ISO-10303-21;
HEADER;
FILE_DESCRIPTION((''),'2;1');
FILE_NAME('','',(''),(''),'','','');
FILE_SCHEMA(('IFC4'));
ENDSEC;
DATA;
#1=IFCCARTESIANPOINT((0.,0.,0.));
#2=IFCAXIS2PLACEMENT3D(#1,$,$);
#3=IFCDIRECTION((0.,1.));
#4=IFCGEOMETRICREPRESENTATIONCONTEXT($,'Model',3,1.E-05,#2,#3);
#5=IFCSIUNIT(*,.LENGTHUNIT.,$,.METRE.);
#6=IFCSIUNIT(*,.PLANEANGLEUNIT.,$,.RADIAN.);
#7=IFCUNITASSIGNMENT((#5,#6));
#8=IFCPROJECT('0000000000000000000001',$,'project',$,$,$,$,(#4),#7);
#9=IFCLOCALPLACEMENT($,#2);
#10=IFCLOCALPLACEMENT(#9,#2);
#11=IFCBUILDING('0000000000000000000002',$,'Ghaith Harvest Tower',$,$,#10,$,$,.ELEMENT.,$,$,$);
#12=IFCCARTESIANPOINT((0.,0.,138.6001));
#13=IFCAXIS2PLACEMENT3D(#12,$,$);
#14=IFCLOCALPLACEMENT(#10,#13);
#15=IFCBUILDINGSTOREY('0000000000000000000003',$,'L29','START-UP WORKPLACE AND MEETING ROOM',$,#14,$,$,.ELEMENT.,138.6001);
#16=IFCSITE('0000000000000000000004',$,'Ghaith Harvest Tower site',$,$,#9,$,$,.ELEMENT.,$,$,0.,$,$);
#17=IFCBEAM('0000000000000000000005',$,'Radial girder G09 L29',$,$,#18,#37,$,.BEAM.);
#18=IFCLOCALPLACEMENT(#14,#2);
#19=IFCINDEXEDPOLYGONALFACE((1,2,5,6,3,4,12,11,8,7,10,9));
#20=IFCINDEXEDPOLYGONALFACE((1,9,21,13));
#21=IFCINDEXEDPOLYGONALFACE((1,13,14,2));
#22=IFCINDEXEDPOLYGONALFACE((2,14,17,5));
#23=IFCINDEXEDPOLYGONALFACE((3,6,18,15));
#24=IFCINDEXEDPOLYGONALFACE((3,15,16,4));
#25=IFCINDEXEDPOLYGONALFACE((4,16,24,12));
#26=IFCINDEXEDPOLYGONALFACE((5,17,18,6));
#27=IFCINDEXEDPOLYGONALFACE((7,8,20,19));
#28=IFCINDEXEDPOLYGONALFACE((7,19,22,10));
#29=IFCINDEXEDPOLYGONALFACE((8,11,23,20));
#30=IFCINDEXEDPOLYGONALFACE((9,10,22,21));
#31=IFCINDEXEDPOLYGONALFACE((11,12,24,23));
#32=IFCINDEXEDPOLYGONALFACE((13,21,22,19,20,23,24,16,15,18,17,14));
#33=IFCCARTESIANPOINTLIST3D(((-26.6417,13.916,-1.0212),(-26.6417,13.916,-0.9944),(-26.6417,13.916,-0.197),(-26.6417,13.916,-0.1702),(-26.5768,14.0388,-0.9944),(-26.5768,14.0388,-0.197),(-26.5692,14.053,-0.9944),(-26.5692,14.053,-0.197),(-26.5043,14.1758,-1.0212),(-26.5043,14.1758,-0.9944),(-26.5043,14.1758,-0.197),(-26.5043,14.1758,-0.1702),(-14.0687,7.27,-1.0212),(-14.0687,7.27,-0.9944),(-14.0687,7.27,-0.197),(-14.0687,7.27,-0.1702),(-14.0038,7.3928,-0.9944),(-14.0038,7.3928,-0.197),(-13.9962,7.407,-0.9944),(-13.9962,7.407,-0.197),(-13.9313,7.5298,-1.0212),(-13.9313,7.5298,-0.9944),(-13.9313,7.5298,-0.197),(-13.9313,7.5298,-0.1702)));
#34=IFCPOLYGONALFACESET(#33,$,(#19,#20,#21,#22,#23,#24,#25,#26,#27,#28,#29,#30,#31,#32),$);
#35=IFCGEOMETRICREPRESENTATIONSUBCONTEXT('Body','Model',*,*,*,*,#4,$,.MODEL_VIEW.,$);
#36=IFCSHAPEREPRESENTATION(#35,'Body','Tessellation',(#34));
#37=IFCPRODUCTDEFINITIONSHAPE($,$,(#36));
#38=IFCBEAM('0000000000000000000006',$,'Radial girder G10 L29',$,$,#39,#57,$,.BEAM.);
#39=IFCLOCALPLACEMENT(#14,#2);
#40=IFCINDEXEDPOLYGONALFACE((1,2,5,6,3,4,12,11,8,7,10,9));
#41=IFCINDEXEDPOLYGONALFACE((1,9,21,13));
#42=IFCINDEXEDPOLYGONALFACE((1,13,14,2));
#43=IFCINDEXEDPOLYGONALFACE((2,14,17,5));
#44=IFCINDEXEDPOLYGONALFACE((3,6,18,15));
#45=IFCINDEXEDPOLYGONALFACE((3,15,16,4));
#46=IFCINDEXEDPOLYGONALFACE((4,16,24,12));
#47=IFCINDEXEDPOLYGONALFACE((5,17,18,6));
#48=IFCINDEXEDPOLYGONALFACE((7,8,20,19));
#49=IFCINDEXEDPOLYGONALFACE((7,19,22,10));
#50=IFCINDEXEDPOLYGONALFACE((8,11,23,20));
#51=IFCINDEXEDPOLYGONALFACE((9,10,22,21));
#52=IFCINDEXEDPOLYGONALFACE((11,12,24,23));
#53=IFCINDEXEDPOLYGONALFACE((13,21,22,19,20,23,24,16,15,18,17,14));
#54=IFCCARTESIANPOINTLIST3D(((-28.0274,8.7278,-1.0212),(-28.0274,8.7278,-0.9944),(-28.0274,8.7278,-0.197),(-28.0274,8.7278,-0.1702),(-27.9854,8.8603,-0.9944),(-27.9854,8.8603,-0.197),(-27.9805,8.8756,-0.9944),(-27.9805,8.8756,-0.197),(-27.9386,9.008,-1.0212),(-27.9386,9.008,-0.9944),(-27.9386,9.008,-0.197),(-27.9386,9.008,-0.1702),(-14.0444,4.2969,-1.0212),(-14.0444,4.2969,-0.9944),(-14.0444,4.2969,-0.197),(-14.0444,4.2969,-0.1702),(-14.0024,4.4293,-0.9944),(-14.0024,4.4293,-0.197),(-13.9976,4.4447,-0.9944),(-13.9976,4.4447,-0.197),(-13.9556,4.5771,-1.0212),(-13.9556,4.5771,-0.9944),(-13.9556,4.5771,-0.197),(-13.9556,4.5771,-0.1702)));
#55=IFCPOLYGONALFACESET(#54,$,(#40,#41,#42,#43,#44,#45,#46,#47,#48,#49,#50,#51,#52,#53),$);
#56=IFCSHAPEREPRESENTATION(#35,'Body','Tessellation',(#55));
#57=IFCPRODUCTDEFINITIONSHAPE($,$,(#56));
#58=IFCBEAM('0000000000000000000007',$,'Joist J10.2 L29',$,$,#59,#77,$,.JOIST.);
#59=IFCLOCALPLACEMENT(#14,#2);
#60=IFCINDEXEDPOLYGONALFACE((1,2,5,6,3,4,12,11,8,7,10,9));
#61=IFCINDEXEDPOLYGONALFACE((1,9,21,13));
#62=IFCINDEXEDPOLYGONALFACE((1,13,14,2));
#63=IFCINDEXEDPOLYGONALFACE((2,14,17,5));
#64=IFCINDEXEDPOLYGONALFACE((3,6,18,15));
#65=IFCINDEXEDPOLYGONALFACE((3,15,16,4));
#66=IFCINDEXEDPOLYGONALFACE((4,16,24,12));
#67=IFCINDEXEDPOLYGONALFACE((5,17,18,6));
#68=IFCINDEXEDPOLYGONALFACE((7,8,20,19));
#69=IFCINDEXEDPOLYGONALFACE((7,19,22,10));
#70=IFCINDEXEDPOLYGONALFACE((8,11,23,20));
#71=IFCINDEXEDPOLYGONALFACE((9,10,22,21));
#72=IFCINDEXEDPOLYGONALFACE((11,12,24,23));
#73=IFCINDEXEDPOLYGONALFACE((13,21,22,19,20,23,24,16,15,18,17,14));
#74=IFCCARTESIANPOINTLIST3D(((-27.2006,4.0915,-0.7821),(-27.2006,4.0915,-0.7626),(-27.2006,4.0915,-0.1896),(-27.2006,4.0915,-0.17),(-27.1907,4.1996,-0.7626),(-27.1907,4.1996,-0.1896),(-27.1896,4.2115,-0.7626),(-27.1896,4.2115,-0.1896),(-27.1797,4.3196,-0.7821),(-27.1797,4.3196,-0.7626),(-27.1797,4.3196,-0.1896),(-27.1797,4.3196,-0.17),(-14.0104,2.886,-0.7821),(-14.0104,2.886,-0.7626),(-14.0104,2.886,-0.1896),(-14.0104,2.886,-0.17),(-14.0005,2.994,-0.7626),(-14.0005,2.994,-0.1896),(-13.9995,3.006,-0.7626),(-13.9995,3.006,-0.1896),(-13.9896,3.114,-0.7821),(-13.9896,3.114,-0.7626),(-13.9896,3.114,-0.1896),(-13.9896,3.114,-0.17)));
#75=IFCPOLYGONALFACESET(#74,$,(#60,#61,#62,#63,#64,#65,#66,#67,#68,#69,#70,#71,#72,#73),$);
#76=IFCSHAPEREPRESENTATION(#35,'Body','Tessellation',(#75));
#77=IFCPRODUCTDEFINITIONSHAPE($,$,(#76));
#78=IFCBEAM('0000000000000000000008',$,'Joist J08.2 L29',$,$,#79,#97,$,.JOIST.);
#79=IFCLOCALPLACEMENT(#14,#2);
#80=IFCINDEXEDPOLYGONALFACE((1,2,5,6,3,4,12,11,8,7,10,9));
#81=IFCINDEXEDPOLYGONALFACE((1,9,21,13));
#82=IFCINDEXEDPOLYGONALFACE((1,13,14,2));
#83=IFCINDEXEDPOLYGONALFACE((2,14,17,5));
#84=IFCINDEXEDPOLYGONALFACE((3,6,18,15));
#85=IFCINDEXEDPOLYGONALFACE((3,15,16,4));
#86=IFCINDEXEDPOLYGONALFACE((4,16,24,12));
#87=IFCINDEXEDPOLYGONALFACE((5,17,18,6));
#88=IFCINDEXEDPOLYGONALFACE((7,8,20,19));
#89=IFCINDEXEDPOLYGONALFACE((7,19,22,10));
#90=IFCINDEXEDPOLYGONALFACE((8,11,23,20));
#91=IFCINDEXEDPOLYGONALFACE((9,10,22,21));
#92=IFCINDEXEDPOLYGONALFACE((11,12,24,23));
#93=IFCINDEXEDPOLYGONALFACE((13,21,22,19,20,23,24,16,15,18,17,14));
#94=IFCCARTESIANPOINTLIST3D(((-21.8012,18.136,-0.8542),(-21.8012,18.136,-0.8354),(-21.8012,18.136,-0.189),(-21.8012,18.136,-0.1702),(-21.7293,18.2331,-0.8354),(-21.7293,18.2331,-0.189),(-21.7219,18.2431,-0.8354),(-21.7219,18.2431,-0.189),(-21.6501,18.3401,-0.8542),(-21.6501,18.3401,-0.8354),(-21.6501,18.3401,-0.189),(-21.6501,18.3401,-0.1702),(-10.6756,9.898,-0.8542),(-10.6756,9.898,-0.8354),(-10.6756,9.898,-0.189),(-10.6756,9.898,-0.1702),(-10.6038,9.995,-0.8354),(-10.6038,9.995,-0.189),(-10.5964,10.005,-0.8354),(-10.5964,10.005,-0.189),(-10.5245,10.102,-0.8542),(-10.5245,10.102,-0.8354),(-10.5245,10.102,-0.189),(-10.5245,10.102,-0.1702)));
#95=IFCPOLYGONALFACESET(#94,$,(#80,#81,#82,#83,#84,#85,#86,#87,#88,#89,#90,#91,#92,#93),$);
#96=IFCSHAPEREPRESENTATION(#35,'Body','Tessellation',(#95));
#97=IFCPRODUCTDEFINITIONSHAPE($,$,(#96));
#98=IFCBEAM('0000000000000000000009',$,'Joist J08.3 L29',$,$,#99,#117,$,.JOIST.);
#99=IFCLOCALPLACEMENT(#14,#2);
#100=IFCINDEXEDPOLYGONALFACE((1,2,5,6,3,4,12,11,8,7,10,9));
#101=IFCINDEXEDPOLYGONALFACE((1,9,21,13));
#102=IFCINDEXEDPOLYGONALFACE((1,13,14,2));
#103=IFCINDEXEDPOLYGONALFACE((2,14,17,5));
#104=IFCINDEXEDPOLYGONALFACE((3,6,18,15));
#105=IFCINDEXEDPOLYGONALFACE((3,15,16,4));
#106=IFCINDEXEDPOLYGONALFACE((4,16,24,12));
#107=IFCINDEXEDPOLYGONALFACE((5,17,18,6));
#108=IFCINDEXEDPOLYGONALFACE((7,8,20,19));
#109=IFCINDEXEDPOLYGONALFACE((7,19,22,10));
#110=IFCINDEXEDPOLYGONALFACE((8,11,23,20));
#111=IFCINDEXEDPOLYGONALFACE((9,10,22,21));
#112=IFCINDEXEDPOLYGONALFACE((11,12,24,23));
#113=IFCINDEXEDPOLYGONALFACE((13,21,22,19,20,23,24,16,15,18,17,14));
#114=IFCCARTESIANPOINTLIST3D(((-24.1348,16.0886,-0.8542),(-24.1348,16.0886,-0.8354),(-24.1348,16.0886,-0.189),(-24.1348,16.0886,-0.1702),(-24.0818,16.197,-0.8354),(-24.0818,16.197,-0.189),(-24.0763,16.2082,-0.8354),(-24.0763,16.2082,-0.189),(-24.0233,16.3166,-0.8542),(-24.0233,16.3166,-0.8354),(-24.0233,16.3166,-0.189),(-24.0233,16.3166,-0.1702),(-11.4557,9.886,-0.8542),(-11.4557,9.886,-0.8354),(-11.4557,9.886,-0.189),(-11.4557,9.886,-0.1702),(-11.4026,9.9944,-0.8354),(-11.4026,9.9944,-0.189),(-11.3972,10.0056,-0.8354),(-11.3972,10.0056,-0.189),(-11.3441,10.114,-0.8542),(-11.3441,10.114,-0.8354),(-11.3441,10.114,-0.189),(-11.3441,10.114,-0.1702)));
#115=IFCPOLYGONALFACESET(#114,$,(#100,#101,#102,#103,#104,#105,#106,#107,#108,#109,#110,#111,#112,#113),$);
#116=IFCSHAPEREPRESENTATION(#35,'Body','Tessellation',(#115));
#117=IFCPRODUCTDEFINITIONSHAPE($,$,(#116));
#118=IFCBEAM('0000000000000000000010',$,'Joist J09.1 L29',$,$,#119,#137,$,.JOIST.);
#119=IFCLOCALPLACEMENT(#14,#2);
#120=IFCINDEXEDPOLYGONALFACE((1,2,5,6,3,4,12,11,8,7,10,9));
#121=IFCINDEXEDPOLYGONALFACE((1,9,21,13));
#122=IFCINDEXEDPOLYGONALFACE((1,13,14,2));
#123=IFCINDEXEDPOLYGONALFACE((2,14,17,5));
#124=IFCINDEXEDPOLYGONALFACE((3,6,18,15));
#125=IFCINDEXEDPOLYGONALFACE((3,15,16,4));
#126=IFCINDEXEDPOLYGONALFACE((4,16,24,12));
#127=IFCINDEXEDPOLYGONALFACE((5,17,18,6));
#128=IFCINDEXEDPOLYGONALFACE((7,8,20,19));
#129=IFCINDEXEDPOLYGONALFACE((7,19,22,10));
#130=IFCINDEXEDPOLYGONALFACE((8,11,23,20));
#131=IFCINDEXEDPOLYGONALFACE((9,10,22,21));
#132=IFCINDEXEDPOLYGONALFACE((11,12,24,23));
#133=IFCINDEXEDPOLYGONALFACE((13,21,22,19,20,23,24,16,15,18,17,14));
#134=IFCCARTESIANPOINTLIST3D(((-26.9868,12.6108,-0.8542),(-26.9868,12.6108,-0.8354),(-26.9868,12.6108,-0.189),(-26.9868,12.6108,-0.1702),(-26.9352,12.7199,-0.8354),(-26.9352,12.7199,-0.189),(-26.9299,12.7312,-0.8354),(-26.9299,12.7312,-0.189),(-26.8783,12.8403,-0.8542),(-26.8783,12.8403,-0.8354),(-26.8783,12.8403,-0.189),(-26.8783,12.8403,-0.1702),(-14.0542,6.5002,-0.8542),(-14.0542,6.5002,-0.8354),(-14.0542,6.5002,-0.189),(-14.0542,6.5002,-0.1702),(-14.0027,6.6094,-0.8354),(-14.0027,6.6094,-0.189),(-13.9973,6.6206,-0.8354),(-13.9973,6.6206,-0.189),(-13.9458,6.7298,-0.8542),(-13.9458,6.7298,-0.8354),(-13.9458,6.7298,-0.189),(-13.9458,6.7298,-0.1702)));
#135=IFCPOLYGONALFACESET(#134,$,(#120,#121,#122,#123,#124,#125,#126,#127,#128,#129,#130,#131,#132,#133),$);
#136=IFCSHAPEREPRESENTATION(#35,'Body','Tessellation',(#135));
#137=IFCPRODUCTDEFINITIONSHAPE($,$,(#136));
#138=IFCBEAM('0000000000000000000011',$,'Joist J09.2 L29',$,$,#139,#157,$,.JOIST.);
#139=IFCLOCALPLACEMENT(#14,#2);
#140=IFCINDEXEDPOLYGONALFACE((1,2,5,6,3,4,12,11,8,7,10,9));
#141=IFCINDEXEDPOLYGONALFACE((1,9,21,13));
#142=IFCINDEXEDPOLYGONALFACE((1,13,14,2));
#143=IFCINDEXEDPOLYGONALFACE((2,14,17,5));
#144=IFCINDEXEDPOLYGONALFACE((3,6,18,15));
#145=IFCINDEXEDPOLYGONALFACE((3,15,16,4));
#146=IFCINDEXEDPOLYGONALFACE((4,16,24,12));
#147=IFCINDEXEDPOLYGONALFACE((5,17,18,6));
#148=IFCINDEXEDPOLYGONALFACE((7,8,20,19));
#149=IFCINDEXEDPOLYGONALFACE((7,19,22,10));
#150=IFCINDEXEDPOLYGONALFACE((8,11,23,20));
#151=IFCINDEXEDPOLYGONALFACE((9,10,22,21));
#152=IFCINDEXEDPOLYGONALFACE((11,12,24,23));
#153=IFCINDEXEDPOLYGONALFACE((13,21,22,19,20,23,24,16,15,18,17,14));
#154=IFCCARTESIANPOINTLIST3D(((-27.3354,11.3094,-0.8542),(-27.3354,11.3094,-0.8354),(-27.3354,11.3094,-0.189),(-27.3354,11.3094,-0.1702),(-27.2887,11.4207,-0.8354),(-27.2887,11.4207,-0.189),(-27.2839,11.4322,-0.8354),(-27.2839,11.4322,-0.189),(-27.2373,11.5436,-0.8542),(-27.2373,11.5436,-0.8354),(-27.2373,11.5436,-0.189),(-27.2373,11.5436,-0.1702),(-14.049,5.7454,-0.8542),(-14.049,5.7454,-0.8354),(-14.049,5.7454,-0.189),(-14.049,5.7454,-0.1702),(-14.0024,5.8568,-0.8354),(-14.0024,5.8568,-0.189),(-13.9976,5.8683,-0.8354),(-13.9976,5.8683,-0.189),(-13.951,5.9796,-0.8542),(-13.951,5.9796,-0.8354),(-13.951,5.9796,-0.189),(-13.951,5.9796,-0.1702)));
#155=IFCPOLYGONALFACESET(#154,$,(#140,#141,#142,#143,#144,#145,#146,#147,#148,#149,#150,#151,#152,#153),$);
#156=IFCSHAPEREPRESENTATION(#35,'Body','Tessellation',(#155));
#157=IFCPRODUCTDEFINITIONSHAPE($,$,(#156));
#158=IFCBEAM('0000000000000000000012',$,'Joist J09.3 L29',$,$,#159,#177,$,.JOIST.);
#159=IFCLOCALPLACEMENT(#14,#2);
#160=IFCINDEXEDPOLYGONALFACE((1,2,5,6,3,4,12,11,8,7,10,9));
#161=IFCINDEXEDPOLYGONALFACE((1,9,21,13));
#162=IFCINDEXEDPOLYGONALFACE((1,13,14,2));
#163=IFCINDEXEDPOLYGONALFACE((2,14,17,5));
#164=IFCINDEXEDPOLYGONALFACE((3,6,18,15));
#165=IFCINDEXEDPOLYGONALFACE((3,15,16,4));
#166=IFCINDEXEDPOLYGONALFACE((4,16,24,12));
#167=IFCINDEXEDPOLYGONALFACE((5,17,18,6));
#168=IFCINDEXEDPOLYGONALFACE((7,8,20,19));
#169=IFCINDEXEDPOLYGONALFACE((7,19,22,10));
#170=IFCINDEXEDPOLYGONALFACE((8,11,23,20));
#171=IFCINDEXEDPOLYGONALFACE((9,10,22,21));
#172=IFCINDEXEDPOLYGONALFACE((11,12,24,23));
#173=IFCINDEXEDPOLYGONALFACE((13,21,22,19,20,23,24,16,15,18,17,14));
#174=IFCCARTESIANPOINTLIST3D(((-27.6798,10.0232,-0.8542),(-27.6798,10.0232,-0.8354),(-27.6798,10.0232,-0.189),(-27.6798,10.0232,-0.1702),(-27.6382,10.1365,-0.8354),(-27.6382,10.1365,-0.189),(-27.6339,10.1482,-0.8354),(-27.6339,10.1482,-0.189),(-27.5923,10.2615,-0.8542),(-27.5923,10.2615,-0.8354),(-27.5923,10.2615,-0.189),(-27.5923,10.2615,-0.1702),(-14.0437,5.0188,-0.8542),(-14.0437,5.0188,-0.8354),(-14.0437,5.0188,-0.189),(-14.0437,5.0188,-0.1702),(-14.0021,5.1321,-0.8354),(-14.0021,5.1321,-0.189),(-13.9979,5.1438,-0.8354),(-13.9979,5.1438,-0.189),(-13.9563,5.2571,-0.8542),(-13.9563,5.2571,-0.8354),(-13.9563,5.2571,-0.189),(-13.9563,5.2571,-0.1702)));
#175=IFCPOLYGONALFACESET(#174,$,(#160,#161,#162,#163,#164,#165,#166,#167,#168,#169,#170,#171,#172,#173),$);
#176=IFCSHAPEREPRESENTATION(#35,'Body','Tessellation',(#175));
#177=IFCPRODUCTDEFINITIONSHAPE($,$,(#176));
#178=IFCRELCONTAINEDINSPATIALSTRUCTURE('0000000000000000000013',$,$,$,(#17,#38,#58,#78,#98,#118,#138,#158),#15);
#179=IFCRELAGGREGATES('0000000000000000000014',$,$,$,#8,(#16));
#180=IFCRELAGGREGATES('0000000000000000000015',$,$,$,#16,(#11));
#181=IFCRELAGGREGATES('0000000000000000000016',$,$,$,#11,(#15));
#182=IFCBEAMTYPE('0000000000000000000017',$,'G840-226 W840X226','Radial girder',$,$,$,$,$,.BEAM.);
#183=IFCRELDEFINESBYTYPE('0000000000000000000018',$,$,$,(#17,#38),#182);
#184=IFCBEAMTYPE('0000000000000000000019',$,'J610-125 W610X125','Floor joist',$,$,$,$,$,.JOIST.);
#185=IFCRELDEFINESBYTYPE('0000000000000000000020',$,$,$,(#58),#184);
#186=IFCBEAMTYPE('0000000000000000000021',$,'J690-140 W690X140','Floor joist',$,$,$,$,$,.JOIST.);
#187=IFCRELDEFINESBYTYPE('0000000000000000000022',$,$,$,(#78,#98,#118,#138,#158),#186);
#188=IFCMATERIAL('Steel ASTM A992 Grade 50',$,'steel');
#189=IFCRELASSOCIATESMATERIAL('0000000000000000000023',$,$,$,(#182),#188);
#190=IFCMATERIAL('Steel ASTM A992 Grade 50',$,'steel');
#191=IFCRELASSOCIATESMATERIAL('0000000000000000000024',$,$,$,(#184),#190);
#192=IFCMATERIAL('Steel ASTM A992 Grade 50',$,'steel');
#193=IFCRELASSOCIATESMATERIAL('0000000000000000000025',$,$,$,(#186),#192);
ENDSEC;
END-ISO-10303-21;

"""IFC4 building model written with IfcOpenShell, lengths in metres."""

from ifc_helpers import new_model, si_unit, direction, frame, origin, origin_2d, place, context, subcontext, project, spatial, i_section, extrude, material, material_profile, profile_set, type_object, element, save


model = new_model("IFC4")

# Units and contexts
model_context = context("Model", 3, precision=1e-05, world=origin(), true_north=direction((0.0, 1.0)))
body_context = subcontext(model_context, "Body", "Model", "MODEL_VIEW")
ifc_project = project(units=[si_unit("LENGTHUNIT", "METRE"), si_unit("PLANEANGLEUNIT", "RADIAN")], contexts=[model_context])

# Site, building, storey
site_placement = place(None, origin())
site = spatial("IfcSite", under=ifc_project, at=site_placement, Name="Ghaith Harvest Tower site", CompositionType="ELEMENT", RefElevation=0.0)
building_placement = place(site_placement, origin())
building = spatial("IfcBuilding", under=site, at=building_placement, Name="Ghaith Harvest Tower", CompositionType="ELEMENT")
storey_placement = place(building_placement, frame((0.0, 0.0, 138.6001)))
storey = spatial("IfcBuildingStorey", under=building, at=storey_placement, Name="L29", Description="START-UP WORKPLACE AND MEETING ROOM", CompositionType="ELEMENT", Elevation=138.6001)

# Beams
ifc_material_1 = material(Name="Steel ASTM A992 Grade 50", Category="steel")
ifc_material_profile_1 = material_profile(ifc_material_1, i_section(OverallWidth=0.2939, OverallDepth=0.8511, WebThickness=0.0161, FlangeThickness=0.0269, at=origin_2d()), Name="W840X226")
ifc_profile_set_1 = profile_set([ifc_material_profile_1], Name="Steel ASTM A992 Grade 50")
beam_type_1 = type_object("IfcBeamType", Name="G840-226 W840X226", Description="Radial girder", PredefinedType="BEAM", material=ifc_profile_set_1)
beam_1_placement = place(storey_placement, frame((-14.0, 7.3999, -0.5957), z_axis=(-0.884087, 0.467322, 0.0), x_axis=(-0.467322, -0.884087, 0.0)))
element("IfcBeam", 1, at=beam_1_placement, inside=storey, type_object=beam_type_1, Name="Radial girder G09 L29", PredefinedType="BEAM", context=body_context, shape_type="SweptSolid", body=[
    extrude(i_section(OverallWidth=0.2939, OverallDepth=0.8511, WebThickness=0.0161, FlangeThickness=0.0269, at=origin_2d()), origin(), (0.0, 0.0, 1.0), 14.2214),
])
beam_2_placement = place(storey_placement, frame((-14.0, 4.437, -0.5957), z_axis=(-0.953284, 0.302077, 0.0), x_axis=(-0.302077, -0.953284, 0.0)))
element("IfcBeam", 2, at=beam_2_placement, inside=storey, type_object=beam_type_1, Name="Radial girder G10 L29", PredefinedType="BEAM", context=body_context, shape_type="SweptSolid", body=[
    extrude(i_section(OverallWidth=0.2939, OverallDepth=0.8511, WebThickness=0.0161, FlangeThickness=0.0269, at=origin_2d()), origin(), (0.0, 0.0, 1.0), 14.6682),
])
ifc_material_2 = material(Name="Steel ASTM A992 Grade 50", Category="steel")
ifc_material_profile_2 = material_profile(ifc_material_2, i_section(OverallWidth=0.229, OverallDepth=0.6121, WebThickness=0.012, FlangeThickness=0.0195, at=origin_2d()), Name="W610X125")
ifc_profile_set_2 = profile_set([ifc_material_profile_2], Name="Steel ASTM A992 Grade 50")
beam_type_2 = type_object("IfcBeamType", Name="J610-125 W610X125", Description="Floor joist", PredefinedType="JOIST", material=ifc_profile_set_2)
beam_3_placement = place(storey_placement, frame((-14.0, 3.0, -0.4761), z_axis=(-0.995849, 0.091019, 0.0), x_axis=(-0.091019, -0.995849, 0.0)))
element("IfcBeam", 3, at=beam_3_placement, inside=storey, type_object=beam_type_2, Name="Joist J10.2 L29", PredefinedType="JOIST", context=body_context, shape_type="SweptSolid", body=[
    extrude(i_section(OverallWidth=0.229, OverallDepth=0.6121, WebThickness=0.012, FlangeThickness=0.0195, at=origin_2d()), origin(), (0.0, 0.0, 1.0), 13.2451),
])
ifc_material_3 = material(Name="Steel ASTM A992 Grade 50", Category="steel")
ifc_material_profile_3 = material_profile(ifc_material_3, i_section(OverallWidth=0.2539, OverallDepth=0.6841, WebThickness=0.0125, FlangeThickness=0.0188, at=origin_2d()), Name="W690X140")
ifc_profile_set_3 = profile_set([ifc_material_profile_3], Name="Steel ASTM A992 Grade 50")
beam_type_3 = type_object("IfcBeamType", Name="J690-140 W690X140", Description="Floor joist", PredefinedType="JOIST", material=ifc_profile_set_3)
beam_4_placement = place(storey_placement, frame((-10.6001, 10.0, -0.5122), z_axis=(-0.803663, 0.595085, 0.0), x_axis=(-0.595085, -0.803663, 0.0)))
element("IfcBeam", 4, at=beam_4_placement, inside=storey, type_object=beam_type_3, Name="Joist J08.2 L29", PredefinedType="JOIST", context=body_context, shape_type="SweptSolid", body=[
    extrude(i_section(OverallWidth=0.2539, OverallDepth=0.6841, WebThickness=0.0125, FlangeThickness=0.0188, at=origin_2d()), origin(), (0.0, 0.0, 1.0), 13.8435),
])
beam_5_placement = place(storey_placement, frame((-11.3999, 10.0, -0.5122), z_axis=(-0.898275, 0.439434, 0.0), x_axis=(-0.439434, -0.898275, 0.0)))
element("IfcBeam", 5, at=beam_5_placement, inside=storey, type_object=beam_type_3, Name="Joist J08.3 L29", PredefinedType="JOIST", context=body_context, shape_type="SweptSolid", body=[
    extrude(i_section(OverallWidth=0.2539, OverallDepth=0.6841, WebThickness=0.0125, FlangeThickness=0.0188, at=origin_2d()), origin(), (0.0, 0.0, 1.0), 14.115),
])
beam_6_placement = place(storey_placement, frame((-14.0, 6.615, -0.5122), z_axis=(-0.904153, 0.427208, 0.0), x_axis=(-0.427208, -0.904153, 0.0)))
element("IfcBeam", 6, at=beam_6_placement, inside=storey, type_object=beam_type_3, Name="Joist J09.1 L29", PredefinedType="JOIST", context=body_context, shape_type="SweptSolid", body=[
    extrude(i_section(OverallWidth=0.2539, OverallDepth=0.6841, WebThickness=0.0125, FlangeThickness=0.0188, at=origin_2d()), origin(), (0.0, 0.0, 1.0), 14.3035),
])
beam_7_placement = place(storey_placement, frame((-14.0, 5.8625, -0.5122), z_axis=(-0.922386, 0.38627, 0.0), x_axis=(-0.38627, -0.922386, 0.0)))
element("IfcBeam", 7, at=beam_7_placement, inside=storey, type_object=beam_type_3, Name="Joist J09.2 L29", PredefinedType="JOIST", context=body_context, shape_type="SweptSolid", body=[
    extrude(i_section(OverallWidth=0.2539, OverallDepth=0.6841, WebThickness=0.0125, FlangeThickness=0.0188, at=origin_2d()), origin(), (0.0, 0.0, 1.0), 14.4043),
])
beam_8_placement = place(storey_placement, frame((-14.0, 5.1379, -0.5122), z_axis=(-0.938775, 0.34453, 0.0), x_axis=(-0.34453, -0.938775, 0.0)))
element("IfcBeam", 8, at=beam_8_placement, inside=storey, type_object=beam_type_3, Name="Joist J09.3 L29", PredefinedType="JOIST", context=body_context, shape_type="SweptSolid", body=[
    extrude(i_section(OverallWidth=0.2539, OverallDepth=0.6841, WebThickness=0.0125, FlangeThickness=0.0188, at=origin_2d()), origin(), (0.0, 0.0, 1.0), 14.5254),
])

save(model, "model.ifc")
